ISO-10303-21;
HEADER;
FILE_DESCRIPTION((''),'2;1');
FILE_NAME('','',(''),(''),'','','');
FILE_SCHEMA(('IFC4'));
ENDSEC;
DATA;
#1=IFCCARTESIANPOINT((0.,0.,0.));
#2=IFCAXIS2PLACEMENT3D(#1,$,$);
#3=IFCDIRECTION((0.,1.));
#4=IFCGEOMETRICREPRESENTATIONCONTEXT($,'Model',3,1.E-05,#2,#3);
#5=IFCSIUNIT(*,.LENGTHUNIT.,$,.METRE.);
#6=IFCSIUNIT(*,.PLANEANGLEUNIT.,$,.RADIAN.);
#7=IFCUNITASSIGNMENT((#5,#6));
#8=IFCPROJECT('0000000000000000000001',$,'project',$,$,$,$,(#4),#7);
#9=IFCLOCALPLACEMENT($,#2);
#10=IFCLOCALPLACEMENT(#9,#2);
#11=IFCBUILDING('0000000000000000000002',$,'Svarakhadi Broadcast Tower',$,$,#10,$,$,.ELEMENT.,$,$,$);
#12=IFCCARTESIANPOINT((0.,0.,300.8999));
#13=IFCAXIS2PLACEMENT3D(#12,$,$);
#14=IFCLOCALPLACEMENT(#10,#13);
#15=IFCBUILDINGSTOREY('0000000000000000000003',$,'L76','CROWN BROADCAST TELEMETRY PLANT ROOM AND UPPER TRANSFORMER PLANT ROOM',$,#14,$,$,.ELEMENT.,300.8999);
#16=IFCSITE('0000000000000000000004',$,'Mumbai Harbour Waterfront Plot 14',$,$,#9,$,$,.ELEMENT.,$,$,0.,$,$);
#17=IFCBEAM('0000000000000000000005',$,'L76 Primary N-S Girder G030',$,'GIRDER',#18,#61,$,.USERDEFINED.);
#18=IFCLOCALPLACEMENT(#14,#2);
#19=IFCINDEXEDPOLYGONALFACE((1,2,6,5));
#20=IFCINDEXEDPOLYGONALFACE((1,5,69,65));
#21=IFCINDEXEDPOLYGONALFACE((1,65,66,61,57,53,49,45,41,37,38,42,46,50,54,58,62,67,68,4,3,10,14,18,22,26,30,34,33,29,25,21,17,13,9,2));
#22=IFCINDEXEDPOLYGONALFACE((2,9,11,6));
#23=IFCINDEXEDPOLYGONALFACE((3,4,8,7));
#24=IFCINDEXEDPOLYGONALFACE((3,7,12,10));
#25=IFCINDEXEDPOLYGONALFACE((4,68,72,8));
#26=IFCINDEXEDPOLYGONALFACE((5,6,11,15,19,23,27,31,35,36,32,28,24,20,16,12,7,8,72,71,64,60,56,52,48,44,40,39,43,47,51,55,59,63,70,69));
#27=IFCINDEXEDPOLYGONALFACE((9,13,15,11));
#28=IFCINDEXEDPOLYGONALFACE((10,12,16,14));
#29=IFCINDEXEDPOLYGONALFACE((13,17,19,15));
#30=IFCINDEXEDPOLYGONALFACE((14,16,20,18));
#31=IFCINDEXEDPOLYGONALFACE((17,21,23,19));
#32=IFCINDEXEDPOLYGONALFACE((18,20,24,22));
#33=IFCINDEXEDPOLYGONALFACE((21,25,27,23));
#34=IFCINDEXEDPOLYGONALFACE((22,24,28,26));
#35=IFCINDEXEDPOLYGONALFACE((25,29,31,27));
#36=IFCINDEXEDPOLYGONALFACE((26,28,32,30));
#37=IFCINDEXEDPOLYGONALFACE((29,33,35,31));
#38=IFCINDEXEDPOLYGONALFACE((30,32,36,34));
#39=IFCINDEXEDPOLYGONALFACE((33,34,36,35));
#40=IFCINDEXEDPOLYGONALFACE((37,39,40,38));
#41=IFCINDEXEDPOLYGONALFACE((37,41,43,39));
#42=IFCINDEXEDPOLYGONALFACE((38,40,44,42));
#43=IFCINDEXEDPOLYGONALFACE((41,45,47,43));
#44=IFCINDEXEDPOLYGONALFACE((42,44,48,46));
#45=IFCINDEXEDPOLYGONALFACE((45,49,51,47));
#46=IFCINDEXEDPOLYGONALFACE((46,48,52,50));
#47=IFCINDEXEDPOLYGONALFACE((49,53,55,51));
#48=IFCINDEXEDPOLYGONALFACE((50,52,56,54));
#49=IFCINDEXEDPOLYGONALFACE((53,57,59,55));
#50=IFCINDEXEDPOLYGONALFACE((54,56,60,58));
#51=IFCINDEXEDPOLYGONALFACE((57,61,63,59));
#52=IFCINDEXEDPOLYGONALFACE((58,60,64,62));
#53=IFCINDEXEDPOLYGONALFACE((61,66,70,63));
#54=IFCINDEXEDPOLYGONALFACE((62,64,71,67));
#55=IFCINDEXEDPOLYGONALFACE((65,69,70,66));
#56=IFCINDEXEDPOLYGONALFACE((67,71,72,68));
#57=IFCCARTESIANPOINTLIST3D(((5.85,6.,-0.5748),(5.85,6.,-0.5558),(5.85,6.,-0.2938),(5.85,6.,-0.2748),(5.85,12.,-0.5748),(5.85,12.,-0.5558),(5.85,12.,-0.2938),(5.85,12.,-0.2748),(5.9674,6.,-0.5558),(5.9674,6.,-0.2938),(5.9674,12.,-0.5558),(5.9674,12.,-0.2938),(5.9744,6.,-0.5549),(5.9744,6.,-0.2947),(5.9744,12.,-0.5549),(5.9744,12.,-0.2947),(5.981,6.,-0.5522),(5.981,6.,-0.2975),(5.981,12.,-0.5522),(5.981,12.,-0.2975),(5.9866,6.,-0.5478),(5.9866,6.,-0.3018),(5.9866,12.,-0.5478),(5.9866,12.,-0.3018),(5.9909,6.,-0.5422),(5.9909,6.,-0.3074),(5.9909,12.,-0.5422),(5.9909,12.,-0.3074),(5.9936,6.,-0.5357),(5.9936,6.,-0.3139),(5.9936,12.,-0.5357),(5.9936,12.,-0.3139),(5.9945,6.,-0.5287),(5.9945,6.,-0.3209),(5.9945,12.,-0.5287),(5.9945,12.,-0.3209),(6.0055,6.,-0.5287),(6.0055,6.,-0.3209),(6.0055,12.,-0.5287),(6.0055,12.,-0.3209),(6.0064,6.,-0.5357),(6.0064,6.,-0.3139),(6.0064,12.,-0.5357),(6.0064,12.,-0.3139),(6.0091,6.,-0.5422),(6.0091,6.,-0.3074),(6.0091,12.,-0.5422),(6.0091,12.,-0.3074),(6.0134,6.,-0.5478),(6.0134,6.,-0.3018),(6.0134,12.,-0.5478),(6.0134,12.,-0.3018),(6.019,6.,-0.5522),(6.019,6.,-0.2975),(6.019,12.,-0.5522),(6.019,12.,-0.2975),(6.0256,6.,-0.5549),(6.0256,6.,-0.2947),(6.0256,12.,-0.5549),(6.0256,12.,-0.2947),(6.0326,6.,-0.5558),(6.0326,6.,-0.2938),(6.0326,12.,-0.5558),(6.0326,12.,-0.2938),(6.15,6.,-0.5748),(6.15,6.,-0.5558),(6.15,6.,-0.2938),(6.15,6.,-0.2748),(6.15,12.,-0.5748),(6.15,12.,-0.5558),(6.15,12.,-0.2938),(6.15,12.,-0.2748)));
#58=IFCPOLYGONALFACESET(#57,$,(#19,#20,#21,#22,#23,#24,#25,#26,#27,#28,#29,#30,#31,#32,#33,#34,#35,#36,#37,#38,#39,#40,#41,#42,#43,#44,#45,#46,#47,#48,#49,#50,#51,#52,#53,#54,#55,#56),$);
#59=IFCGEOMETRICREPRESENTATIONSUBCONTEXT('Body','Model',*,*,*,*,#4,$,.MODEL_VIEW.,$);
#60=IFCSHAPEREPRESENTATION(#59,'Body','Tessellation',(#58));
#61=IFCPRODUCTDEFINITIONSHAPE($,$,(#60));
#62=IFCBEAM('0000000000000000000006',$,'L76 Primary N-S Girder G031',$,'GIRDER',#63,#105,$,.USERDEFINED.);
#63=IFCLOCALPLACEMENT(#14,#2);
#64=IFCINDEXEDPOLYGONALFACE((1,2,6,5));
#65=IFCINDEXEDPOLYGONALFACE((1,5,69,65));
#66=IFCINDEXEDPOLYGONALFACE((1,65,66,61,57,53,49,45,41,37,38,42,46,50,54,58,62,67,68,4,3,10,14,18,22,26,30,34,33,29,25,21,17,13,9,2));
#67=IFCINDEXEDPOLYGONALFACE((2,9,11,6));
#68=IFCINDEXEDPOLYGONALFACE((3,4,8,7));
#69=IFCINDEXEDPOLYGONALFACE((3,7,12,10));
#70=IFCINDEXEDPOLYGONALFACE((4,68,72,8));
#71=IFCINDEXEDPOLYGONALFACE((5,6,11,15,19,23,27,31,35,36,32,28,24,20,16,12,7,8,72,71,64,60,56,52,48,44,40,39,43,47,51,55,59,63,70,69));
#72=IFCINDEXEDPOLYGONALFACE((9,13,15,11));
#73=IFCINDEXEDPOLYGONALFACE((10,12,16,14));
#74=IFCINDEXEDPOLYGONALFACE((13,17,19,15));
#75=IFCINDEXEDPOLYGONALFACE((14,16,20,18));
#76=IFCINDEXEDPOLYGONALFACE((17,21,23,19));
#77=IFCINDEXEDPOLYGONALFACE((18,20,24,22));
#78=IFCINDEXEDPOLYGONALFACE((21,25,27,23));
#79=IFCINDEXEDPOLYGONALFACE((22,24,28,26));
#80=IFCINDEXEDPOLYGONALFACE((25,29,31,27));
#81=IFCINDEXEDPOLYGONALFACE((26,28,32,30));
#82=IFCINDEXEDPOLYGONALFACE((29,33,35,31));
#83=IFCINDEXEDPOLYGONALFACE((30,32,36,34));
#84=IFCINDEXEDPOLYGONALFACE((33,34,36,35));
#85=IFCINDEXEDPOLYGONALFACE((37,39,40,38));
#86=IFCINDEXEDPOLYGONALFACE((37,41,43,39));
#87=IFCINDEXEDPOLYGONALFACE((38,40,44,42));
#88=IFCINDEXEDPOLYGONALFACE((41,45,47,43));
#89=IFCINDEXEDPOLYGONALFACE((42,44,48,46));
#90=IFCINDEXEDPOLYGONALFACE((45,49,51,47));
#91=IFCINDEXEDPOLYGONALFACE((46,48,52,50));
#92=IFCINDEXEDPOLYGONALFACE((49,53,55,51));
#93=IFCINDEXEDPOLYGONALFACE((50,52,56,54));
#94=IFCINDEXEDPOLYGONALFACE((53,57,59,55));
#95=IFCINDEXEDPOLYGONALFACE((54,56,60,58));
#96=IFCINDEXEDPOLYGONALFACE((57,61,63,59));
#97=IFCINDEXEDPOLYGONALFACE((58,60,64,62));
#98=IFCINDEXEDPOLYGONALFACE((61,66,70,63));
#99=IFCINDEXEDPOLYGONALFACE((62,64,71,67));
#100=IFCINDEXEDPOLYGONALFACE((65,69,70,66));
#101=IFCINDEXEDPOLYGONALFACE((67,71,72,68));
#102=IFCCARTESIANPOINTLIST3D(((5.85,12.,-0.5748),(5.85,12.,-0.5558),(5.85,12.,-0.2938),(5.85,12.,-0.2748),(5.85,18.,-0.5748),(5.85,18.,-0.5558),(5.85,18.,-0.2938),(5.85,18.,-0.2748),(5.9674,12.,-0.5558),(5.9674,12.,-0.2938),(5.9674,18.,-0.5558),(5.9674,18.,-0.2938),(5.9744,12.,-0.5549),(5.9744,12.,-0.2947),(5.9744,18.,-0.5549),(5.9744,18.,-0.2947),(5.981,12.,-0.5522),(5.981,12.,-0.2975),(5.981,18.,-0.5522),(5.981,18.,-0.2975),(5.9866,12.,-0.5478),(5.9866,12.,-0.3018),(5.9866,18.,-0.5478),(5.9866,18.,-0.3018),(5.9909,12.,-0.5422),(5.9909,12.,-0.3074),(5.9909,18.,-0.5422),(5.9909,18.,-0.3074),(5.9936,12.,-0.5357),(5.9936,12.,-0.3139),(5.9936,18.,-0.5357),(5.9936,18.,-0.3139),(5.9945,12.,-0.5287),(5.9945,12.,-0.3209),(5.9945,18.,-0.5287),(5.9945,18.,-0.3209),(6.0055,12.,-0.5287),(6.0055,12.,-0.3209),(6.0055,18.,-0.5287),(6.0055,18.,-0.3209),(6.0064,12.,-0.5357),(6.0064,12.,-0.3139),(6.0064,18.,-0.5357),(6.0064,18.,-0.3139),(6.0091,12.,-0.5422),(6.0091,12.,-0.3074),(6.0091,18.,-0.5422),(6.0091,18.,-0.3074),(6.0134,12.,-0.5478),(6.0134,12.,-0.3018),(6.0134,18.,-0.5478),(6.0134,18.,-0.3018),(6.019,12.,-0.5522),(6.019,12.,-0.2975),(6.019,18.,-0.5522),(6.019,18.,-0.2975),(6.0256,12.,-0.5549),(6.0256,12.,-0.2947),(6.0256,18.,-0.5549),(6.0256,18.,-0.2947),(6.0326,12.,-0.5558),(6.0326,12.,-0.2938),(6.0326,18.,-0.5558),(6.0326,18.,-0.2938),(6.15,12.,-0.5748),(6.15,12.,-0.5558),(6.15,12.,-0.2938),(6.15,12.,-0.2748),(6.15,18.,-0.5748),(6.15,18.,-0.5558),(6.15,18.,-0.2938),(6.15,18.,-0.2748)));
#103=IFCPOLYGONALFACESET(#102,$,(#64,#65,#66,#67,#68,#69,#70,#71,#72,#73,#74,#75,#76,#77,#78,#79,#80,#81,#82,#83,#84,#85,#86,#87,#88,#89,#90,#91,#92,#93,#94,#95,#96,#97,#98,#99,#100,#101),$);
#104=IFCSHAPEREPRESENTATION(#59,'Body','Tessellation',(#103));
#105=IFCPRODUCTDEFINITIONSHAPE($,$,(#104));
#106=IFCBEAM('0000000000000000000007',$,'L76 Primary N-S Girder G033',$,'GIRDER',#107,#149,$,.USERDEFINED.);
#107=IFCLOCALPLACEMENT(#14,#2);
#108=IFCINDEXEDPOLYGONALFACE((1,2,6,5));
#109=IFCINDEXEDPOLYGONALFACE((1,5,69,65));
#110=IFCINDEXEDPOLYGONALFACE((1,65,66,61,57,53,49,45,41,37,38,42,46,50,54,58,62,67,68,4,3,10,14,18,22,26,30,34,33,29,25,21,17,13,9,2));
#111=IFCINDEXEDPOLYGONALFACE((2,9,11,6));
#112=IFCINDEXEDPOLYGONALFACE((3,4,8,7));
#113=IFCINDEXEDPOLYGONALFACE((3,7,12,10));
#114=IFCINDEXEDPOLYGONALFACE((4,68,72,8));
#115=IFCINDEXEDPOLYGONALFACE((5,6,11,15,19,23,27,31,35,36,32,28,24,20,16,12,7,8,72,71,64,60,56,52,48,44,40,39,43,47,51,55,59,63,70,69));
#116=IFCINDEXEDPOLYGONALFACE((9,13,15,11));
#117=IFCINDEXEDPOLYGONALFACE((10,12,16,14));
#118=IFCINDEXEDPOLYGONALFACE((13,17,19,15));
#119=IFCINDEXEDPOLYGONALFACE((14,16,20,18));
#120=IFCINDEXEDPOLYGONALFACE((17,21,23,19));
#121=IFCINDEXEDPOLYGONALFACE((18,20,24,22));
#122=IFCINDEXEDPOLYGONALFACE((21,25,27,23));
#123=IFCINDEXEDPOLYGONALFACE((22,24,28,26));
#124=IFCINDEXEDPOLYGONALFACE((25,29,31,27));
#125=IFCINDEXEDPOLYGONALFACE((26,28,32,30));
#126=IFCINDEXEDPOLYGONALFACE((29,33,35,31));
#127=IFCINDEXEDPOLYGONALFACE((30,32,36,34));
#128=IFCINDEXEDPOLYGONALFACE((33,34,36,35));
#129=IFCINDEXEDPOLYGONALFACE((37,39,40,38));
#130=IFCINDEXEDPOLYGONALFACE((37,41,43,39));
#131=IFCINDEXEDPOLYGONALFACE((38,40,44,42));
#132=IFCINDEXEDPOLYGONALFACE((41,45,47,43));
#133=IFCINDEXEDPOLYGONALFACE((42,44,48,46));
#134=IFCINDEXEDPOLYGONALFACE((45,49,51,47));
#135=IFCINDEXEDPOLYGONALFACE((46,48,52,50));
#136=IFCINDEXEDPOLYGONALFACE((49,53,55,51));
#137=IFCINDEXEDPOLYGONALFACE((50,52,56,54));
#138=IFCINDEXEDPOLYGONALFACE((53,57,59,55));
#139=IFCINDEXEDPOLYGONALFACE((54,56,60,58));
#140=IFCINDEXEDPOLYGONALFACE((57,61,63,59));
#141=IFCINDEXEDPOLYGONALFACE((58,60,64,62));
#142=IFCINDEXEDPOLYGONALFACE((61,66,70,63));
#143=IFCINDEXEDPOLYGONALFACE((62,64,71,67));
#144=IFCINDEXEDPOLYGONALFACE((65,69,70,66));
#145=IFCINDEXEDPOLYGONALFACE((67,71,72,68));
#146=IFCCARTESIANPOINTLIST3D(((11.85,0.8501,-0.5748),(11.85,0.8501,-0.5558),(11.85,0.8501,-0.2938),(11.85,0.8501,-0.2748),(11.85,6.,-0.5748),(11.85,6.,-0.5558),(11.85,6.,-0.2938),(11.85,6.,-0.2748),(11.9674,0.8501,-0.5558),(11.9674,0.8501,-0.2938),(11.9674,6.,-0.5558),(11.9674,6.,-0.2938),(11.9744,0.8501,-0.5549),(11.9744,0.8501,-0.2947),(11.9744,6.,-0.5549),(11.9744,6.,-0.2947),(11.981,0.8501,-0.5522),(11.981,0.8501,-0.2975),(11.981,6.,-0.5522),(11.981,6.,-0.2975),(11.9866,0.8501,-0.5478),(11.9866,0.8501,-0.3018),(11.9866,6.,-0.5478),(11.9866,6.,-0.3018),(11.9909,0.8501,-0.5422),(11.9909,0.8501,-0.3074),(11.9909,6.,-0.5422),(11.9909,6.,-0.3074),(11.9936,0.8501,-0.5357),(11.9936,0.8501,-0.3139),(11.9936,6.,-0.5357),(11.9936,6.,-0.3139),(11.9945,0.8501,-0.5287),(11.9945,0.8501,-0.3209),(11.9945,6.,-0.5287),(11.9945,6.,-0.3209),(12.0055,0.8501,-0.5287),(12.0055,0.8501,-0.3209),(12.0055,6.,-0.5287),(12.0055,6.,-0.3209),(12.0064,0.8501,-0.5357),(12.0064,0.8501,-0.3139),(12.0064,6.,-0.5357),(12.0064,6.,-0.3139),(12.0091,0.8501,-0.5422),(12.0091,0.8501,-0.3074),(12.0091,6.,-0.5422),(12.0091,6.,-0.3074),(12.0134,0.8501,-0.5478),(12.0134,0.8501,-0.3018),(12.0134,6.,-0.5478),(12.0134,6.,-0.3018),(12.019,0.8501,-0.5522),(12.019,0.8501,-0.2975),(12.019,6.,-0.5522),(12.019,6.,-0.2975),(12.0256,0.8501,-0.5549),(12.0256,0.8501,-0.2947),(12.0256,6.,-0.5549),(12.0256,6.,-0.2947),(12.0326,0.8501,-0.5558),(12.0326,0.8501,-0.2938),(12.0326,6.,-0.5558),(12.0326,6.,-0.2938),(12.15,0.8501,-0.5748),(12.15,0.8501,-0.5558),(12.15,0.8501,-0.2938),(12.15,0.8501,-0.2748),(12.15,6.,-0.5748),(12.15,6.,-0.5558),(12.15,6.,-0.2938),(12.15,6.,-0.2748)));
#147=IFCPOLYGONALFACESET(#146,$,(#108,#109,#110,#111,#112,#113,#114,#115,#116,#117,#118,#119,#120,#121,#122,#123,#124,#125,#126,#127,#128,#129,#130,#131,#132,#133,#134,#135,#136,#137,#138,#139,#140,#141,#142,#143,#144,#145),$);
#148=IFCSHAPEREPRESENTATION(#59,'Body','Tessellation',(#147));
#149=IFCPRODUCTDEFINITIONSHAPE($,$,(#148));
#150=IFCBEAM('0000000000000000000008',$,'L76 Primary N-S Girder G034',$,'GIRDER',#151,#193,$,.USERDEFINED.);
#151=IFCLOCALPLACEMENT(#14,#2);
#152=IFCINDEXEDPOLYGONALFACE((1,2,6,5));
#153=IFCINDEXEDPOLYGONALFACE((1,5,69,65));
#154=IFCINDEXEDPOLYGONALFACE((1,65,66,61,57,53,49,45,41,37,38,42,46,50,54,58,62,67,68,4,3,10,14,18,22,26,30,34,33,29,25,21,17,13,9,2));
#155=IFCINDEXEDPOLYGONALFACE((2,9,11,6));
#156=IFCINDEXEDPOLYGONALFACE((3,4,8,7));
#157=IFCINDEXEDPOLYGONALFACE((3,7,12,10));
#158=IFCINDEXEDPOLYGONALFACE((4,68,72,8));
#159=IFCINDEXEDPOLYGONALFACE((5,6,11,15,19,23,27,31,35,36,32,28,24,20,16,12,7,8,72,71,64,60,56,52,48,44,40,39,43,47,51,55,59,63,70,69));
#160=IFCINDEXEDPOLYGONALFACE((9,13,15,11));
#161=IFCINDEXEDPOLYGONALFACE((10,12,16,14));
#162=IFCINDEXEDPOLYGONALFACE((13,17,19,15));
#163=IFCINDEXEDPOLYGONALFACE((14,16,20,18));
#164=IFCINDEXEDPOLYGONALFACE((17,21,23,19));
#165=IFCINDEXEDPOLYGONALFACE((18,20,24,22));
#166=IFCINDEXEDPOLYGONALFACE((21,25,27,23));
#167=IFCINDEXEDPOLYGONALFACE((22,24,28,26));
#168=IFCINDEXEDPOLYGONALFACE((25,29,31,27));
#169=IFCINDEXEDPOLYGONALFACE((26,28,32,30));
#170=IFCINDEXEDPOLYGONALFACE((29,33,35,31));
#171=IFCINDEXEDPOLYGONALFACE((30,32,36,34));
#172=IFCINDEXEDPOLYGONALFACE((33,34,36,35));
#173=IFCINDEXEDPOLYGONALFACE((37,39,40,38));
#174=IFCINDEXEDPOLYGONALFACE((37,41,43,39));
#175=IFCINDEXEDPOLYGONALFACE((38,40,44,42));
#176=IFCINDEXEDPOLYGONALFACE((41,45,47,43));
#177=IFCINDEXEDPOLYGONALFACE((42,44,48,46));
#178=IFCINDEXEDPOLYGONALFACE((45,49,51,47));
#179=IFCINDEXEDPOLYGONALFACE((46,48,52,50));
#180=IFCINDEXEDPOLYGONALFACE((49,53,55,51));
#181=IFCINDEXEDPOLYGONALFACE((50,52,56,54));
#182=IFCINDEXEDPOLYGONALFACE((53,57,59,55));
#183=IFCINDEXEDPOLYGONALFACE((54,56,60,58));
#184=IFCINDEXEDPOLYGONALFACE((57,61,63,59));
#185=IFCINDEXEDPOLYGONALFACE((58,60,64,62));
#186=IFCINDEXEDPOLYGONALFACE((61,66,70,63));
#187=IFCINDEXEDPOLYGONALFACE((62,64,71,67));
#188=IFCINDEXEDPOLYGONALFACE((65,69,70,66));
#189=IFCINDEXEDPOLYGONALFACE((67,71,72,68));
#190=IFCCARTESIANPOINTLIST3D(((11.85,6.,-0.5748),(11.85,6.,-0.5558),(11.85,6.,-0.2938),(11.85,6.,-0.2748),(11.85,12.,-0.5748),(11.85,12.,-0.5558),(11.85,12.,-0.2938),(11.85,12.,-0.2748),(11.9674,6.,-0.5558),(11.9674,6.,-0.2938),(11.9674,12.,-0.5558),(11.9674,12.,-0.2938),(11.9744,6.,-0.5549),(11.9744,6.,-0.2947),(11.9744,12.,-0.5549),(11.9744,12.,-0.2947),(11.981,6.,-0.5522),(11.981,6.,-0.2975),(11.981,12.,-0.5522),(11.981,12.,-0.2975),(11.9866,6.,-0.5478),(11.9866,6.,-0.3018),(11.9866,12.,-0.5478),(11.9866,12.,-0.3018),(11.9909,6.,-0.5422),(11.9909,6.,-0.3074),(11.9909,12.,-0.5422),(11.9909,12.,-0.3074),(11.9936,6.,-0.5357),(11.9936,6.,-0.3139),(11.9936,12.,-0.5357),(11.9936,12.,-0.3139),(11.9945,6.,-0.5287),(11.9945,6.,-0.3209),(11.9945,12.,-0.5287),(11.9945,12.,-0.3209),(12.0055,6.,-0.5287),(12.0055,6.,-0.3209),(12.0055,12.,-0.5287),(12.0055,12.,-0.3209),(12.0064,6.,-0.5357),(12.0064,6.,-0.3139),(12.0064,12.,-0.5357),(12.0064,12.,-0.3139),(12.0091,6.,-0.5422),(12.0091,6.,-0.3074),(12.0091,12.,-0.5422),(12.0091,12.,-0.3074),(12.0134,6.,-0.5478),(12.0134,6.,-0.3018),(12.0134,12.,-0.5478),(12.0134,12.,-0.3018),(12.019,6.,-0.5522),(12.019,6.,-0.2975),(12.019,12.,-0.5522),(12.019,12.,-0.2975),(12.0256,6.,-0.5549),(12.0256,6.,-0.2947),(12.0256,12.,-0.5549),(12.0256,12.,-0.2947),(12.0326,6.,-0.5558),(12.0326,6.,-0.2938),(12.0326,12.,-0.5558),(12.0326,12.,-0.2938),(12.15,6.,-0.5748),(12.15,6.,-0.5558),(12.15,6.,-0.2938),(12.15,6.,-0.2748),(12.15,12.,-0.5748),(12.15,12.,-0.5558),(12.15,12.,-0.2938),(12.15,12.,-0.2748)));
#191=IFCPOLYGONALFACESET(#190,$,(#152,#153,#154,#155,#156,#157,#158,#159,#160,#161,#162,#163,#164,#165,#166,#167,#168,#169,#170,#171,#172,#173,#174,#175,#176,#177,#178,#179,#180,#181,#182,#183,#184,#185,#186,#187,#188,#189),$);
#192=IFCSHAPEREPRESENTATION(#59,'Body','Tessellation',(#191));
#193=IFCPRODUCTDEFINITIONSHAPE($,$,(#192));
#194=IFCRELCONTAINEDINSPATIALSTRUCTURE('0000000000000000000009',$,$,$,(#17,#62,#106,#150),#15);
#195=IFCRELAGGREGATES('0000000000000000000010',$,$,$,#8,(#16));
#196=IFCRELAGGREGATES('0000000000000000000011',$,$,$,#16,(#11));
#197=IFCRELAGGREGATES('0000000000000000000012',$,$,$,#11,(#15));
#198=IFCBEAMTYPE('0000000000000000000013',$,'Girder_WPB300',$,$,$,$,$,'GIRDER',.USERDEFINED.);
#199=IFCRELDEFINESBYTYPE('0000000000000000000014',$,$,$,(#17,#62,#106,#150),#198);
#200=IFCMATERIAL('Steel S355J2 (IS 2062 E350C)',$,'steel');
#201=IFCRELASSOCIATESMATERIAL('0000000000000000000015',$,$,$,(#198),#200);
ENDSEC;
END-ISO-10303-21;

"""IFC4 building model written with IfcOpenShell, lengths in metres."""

from ifc_helpers import new_model, si_unit, direction, frame, origin, origin_2d, place, context, subcontext, project, spatial, i_section, extrude, material, material_profile, profile_set, type_object, element, save


model = new_model("IFC4")

# Units and contexts
model_context = context("Model", 3, precision=1e-05, world=origin(), true_north=direction((0.0, 1.0)))
body_context = subcontext(model_context, "Body", "Model", "MODEL_VIEW")
ifc_project = project(units=[si_unit("LENGTHUNIT", "METRE"), si_unit("PLANEANGLEUNIT", "RADIAN")], contexts=[model_context])

# Site, building, storey
site_placement = place(None, origin())
site = spatial("IfcSite", under=ifc_project, at=site_placement, Name="Mumbai Harbour Waterfront Plot 14", CompositionType="ELEMENT", RefElevation=0.0)
building_placement = place(site_placement, origin())
building = spatial("IfcBuilding", under=site, at=building_placement, Name="Svarakhadi Broadcast Tower", CompositionType="ELEMENT")
storey_placement = place(building_placement, frame((0.0, 0.0, 300.8999)))
storey = spatial("IfcBuildingStorey", under=building, at=storey_placement, Name="L76", Description="CROWN BROADCAST TELEMETRY PLANT ROOM AND UPPER TRANSFORMER PLANT ROOM", CompositionType="ELEMENT", Elevation=300.8999)

# Beams
ifc_material_1 = material(Name="Steel S355J2 (IS 2062 E350C)", Category="steel")
ifc_material_profile_1 = material_profile(ifc_material_1, i_section(OverallWidth=0.3, OverallDepth=0.3, WebThickness=0.011, FlangeThickness=0.019, FilletRadius=0.0271, at=origin_2d()), Name="WPB 300x300x117")
ifc_profile_set_1 = profile_set([ifc_material_profile_1], Name="Steel S355J2 (IS 2062 E350C)")
beam_type_1 = type_object("IfcBeamType", Name="Girder_WPB300", ElementType="GIRDER", PredefinedType="USERDEFINED", material=ifc_profile_set_1)
for number, where, z_axis, x_axis, name in (
    (1, (6.0, 6.0, -0.4248), (0.0, 1.0, 0.0), (-1.0, 0.0, 0.0), "L76 Primary N-S Girder G030"),
    (2, (6.0, 12.0, -0.4248), (0.0, 1.0, 0.0), (-1.0, 0.0, 0.0), "L76 Primary N-S Girder G031"),
):
    element("IfcBeam", number, at=place(storey_placement, frame(where, z_axis=z_axis, x_axis=x_axis)), inside=storey, type_object=beam_type_1, Name=name, ObjectType="GIRDER", PredefinedType="USERDEFINED", context=body_context, shape_type="SweptSolid", body=[
        extrude(i_section(OverallWidth=0.3, OverallDepth=0.3, WebThickness=0.011, FlangeThickness=0.019, FilletRadius=0.0271, at=origin_2d()), origin(), (0.0, 0.0, 1.0), 6.0),
    ])
beam_1_placement = place(storey_placement, frame((12.0, 0.8501, -0.4248), z_axis=(0.0, 1.0, 0.0), x_axis=(-1.0, 0.0, 0.0)))
element("IfcBeam", 3, at=beam_1_placement, inside=storey, type_object=beam_type_1, Name="L76 Primary N-S Girder G033", ObjectType="GIRDER", PredefinedType="USERDEFINED", context=body_context, shape_type="SweptSolid", body=[
    extrude(i_section(OverallWidth=0.3, OverallDepth=0.3, WebThickness=0.011, FlangeThickness=0.019, FilletRadius=0.0271, at=origin_2d()), origin(), (0.0, 0.0, 1.0), 5.1499),
])
for number, where, z_axis, x_axis, name in (
    (4, (12.0, 6.0, -0.4248), (0.0, 1.0, 0.0), (-1.0, 0.0, 0.0), "L76 Primary N-S Girder G034"),
):
    element("IfcBeam", number, at=place(storey_placement, frame(where, z_axis=z_axis, x_axis=x_axis)), inside=storey, type_object=beam_type_1, Name=name, ObjectType="GIRDER", PredefinedType="USERDEFINED", context=body_context, shape_type="SweptSolid", body=[
        extrude(i_section(OverallWidth=0.3, OverallDepth=0.3, WebThickness=0.011, FlangeThickness=0.019, FilletRadius=0.0271, at=origin_2d()), origin(), (0.0, 0.0, 1.0), 6.0),
    ])

save(model, "model.ifc")
